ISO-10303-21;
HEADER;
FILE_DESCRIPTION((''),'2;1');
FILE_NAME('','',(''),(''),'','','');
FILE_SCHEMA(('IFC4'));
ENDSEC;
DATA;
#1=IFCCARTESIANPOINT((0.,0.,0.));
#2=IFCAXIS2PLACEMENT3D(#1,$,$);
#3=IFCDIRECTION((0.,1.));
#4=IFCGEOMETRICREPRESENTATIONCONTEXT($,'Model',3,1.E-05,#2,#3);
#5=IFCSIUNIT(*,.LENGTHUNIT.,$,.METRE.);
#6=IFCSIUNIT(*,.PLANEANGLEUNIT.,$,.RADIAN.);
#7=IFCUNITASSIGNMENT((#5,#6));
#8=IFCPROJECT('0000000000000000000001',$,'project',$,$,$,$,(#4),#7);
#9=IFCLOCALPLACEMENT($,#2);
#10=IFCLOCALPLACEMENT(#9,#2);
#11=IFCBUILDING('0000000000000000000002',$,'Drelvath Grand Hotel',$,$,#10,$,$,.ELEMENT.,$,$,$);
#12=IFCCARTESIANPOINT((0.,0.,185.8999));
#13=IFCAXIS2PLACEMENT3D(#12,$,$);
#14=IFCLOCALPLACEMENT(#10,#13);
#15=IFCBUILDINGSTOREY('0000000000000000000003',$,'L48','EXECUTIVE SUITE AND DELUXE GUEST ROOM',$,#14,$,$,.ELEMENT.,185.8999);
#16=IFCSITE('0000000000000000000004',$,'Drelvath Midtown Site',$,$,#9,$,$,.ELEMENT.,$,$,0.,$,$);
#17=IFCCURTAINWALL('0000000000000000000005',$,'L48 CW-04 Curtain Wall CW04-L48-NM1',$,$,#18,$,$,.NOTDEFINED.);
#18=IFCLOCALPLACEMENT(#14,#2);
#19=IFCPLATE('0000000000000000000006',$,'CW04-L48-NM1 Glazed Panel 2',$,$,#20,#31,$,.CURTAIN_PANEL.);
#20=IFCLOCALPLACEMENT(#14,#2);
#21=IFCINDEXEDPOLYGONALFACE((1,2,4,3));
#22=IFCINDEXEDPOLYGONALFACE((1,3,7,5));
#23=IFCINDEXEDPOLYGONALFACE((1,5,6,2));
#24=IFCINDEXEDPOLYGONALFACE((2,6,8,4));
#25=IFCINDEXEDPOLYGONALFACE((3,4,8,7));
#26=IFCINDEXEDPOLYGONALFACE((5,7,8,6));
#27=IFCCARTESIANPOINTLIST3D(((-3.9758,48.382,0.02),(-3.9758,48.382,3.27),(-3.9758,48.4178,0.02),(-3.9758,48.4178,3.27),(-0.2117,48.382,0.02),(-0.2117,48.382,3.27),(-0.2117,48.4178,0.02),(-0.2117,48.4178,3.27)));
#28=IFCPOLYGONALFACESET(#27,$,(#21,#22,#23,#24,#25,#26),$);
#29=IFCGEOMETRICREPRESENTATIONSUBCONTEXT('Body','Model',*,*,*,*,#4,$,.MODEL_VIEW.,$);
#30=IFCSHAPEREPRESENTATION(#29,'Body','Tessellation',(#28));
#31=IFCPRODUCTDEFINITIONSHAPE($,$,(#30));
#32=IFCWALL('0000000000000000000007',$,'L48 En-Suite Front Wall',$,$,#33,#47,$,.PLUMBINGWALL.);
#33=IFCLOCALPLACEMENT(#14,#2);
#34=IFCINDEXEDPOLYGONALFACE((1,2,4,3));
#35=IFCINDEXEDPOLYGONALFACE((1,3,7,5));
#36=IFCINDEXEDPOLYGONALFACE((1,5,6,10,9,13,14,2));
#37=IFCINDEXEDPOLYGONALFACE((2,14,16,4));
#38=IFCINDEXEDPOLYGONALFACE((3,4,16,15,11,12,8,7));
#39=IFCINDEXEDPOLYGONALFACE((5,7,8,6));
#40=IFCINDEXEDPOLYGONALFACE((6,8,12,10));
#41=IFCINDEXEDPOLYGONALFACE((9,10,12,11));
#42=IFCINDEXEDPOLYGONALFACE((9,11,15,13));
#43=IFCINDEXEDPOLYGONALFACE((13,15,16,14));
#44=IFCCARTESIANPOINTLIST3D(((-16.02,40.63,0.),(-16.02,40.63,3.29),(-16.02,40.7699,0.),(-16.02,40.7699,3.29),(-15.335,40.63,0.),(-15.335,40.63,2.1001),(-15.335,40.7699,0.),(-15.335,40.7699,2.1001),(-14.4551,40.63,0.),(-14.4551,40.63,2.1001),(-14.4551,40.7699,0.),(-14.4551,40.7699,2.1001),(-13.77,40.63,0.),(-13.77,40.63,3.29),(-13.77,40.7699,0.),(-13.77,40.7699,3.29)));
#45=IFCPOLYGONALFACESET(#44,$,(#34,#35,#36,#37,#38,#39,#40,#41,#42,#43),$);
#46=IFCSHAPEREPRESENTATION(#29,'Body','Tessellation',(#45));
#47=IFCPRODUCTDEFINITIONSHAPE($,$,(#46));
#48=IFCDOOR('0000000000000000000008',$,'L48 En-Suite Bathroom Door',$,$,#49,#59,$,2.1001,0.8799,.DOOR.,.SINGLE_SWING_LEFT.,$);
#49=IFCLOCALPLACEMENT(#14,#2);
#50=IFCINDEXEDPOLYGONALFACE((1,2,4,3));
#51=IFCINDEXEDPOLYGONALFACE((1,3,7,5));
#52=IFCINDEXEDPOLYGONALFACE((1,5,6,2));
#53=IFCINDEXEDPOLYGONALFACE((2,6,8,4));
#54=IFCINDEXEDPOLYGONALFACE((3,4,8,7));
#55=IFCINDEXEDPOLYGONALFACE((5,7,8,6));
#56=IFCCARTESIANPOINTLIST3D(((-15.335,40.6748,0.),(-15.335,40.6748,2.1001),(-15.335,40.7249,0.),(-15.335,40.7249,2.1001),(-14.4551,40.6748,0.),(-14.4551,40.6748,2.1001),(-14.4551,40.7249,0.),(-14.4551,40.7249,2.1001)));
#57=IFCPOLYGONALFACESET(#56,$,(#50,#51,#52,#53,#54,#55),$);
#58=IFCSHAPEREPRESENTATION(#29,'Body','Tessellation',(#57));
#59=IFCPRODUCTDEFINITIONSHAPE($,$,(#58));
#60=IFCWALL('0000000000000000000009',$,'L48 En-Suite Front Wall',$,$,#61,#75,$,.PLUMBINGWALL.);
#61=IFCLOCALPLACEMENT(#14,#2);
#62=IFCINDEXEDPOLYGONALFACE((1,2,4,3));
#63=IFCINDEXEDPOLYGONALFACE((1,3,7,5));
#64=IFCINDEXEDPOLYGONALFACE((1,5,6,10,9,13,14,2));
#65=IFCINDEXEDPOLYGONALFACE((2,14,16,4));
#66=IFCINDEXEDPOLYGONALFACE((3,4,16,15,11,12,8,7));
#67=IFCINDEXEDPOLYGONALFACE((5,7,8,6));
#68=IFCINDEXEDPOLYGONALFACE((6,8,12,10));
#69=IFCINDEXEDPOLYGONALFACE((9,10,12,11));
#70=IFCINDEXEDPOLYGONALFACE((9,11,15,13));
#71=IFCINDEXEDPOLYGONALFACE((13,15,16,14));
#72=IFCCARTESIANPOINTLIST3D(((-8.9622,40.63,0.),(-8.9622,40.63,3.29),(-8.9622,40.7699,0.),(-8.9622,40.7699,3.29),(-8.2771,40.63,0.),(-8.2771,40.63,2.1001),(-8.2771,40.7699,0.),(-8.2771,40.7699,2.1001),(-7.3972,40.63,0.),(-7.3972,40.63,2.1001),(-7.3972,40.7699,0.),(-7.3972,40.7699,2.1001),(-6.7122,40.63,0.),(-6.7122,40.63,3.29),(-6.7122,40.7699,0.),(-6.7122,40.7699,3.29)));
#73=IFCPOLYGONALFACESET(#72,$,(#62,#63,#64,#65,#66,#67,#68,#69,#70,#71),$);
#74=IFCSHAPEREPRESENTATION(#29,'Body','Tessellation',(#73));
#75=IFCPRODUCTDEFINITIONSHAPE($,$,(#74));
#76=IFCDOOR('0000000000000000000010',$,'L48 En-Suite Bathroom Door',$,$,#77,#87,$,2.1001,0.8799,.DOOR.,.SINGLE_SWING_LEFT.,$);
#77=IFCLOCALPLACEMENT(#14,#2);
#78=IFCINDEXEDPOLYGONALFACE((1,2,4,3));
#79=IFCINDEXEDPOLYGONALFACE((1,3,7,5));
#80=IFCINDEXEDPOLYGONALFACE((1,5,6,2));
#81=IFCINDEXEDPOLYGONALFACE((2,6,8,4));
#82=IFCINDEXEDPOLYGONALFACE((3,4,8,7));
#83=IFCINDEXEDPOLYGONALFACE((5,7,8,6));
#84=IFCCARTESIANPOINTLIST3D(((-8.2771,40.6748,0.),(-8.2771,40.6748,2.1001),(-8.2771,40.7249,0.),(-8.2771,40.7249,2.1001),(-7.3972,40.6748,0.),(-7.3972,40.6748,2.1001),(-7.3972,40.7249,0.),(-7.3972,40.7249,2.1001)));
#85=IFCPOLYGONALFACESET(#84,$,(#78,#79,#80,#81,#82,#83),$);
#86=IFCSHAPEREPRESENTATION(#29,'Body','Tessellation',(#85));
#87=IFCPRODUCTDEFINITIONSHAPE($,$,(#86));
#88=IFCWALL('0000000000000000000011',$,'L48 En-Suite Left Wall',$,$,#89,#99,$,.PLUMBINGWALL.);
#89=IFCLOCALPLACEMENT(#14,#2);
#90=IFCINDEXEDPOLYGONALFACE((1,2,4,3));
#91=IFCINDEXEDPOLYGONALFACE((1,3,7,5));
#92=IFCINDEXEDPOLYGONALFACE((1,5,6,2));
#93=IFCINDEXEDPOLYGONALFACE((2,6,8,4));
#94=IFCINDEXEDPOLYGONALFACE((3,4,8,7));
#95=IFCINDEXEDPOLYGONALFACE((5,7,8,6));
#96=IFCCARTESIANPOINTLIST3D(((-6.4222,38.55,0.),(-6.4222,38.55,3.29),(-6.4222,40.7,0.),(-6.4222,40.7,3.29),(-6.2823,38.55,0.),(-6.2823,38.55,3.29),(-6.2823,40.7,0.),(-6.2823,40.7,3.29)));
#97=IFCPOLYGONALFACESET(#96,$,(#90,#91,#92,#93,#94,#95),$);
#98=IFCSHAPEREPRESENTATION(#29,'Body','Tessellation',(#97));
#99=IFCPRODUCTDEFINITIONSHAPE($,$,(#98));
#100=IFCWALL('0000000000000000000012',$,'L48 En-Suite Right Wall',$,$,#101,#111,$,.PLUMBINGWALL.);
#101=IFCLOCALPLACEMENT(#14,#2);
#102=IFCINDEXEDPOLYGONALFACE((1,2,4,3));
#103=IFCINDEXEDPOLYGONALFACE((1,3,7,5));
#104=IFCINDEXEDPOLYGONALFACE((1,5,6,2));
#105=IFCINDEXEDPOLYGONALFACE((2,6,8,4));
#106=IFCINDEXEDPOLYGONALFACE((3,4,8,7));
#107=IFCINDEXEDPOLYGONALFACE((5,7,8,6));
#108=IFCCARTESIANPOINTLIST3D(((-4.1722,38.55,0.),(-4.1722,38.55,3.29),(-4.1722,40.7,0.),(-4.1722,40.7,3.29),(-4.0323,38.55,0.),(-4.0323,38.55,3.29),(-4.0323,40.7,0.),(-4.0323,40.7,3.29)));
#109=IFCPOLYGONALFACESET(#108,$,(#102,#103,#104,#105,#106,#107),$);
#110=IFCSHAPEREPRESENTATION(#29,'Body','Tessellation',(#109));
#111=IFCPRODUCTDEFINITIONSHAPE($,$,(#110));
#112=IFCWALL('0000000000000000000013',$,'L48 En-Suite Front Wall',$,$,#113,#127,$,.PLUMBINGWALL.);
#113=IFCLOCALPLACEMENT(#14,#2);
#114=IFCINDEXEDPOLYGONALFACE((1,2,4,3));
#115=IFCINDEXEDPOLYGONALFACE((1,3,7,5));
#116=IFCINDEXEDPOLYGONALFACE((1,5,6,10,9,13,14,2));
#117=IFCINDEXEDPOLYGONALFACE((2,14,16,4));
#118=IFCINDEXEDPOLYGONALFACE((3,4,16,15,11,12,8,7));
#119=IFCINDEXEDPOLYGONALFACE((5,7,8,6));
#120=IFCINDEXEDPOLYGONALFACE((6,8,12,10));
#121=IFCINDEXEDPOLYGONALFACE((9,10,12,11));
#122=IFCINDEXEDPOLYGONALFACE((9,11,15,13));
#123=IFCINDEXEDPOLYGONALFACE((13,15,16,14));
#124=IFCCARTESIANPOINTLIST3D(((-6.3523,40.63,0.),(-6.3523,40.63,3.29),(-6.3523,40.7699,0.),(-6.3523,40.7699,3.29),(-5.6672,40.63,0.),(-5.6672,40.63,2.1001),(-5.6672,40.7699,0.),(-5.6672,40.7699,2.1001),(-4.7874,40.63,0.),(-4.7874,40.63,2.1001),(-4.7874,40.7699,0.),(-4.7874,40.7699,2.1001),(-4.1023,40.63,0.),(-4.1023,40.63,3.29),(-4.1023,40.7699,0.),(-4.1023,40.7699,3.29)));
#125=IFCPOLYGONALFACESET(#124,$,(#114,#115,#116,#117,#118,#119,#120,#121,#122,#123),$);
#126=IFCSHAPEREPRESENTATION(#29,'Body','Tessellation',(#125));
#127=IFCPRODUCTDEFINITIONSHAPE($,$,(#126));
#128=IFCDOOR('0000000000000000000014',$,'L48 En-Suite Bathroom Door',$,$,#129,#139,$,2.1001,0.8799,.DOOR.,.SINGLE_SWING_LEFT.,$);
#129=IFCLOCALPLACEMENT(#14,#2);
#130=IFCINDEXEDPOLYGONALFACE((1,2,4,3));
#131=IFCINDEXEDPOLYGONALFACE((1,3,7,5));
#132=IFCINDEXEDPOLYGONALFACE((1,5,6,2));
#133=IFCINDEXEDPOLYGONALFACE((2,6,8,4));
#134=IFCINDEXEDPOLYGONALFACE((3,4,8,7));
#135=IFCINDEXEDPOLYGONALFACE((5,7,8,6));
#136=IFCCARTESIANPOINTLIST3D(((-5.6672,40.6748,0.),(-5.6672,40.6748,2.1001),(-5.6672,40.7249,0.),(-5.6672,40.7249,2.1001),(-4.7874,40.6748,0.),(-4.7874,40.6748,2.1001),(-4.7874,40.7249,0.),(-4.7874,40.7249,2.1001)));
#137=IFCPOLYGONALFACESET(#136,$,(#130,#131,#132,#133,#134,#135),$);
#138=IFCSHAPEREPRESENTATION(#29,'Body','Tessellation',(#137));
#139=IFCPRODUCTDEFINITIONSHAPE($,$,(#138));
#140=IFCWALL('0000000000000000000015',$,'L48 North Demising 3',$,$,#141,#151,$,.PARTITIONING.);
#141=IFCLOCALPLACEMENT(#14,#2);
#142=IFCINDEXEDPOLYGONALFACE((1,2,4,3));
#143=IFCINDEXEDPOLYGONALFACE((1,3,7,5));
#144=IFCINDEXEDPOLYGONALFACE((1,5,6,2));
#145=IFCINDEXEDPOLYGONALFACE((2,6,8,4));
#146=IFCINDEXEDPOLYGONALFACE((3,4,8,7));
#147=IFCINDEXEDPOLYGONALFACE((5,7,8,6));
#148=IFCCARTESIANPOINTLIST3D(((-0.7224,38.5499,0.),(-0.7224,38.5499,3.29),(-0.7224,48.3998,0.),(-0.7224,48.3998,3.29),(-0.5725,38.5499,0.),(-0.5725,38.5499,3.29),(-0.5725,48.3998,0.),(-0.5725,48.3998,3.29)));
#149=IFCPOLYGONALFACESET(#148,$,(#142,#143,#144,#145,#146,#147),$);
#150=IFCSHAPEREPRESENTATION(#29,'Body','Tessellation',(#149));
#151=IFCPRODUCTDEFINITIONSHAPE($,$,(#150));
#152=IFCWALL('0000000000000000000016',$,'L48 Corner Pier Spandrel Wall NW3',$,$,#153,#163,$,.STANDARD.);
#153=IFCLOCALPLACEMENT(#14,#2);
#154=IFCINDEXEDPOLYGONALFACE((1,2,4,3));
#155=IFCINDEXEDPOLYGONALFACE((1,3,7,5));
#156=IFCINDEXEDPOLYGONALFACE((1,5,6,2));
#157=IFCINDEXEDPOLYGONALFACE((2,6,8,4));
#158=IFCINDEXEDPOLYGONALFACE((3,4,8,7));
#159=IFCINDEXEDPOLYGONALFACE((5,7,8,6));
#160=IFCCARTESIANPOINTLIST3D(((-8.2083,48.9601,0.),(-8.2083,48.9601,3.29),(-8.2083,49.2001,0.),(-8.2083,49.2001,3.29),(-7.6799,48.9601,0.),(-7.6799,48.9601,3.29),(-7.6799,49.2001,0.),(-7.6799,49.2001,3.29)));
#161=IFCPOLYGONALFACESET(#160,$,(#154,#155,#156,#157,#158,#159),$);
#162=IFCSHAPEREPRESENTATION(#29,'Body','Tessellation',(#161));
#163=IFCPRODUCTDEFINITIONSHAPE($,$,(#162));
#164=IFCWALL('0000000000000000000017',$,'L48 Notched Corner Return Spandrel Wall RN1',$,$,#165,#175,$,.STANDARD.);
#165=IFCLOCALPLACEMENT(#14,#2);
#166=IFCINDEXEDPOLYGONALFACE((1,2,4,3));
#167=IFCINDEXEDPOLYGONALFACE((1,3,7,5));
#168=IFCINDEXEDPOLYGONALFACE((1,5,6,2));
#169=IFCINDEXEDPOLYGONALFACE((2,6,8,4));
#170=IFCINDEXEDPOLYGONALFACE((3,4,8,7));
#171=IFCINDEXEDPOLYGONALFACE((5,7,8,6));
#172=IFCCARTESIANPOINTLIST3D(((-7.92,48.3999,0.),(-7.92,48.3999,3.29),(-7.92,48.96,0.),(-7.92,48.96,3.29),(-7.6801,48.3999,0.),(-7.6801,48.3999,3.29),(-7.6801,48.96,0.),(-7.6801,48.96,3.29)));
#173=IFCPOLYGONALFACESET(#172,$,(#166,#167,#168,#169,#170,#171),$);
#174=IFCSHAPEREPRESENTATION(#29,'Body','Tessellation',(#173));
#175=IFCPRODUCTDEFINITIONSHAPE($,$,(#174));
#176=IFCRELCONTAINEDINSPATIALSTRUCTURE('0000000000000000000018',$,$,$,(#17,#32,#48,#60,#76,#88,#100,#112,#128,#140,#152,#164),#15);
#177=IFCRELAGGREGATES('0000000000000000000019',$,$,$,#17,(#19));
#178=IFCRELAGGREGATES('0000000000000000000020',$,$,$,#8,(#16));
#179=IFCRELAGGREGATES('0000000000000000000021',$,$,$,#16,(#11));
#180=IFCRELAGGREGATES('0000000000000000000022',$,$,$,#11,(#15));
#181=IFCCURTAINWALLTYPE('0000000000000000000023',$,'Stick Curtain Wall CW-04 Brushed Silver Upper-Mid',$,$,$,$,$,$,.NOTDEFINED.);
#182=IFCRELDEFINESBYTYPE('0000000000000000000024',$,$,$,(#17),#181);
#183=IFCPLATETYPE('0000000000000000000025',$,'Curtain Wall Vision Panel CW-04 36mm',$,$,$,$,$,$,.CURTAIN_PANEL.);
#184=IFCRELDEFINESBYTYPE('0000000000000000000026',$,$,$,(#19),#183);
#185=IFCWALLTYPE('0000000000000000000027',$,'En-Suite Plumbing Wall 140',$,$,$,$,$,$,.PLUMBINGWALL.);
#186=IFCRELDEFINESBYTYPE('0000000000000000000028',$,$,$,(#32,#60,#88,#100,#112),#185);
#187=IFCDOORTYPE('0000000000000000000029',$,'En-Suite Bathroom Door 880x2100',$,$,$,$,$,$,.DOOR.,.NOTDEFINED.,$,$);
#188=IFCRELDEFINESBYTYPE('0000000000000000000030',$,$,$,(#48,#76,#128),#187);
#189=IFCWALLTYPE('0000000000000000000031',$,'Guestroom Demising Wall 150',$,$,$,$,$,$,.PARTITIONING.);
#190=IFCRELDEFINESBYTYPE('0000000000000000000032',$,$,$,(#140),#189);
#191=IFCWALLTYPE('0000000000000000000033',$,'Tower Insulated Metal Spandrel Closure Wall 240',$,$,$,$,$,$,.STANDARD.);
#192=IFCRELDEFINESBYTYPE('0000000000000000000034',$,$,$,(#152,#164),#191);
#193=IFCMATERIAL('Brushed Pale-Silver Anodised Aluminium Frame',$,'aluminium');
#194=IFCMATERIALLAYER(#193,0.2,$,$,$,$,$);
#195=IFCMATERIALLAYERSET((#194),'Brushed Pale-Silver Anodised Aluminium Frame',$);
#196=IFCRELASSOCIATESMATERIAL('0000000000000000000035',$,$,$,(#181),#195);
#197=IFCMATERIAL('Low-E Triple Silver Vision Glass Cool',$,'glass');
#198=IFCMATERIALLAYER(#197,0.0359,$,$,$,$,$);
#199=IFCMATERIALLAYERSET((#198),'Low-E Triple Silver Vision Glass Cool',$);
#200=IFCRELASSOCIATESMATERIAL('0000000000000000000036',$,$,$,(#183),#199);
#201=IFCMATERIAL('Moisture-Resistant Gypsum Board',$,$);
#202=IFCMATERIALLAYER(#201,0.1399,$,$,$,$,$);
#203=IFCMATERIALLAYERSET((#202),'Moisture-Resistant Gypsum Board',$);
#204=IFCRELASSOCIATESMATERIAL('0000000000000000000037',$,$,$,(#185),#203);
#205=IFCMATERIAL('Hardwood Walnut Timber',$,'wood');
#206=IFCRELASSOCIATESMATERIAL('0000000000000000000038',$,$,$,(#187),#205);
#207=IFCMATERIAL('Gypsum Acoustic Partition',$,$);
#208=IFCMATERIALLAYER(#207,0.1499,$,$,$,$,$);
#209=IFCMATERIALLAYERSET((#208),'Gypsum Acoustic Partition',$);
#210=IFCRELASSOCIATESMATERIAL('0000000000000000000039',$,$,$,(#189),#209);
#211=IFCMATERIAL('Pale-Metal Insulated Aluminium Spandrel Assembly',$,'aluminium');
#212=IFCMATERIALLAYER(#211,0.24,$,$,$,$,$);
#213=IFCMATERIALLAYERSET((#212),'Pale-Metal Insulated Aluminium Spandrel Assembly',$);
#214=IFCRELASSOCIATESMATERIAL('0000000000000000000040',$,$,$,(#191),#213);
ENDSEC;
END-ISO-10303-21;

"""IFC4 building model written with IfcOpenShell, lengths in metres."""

from ifc_helpers import new_model, si_unit, direction, frame, frame_2d, origin, origin_2d, place, context, subcontext, project, spatial, rectangle, extrude, material, layer, layer_set, type_object, element, fill, aggregate, save


model = new_model("IFC4")

# Units and contexts
model_context = context("Model", 3, precision=1e-05, world=origin(), true_north=direction((0.0, 1.0)))
body_context = subcontext(model_context, "Body", "Model", "MODEL_VIEW")
ifc_project = project(units=[si_unit("LENGTHUNIT", "METRE"), si_unit("PLANEANGLEUNIT", "RADIAN")], contexts=[model_context])

# Site, building, storey
site_placement = place(None, origin())
site = spatial("IfcSite", under=ifc_project, at=site_placement, Name="Drelvath Midtown Site", CompositionType="ELEMENT", RefElevation=0.0)
building_placement = place(site_placement, origin())
building = spatial("IfcBuilding", under=site, at=building_placement, Name="Drelvath Grand Hotel", CompositionType="ELEMENT")
storey_placement = place(building_placement, frame((0.0, 0.0, 185.8999)))
storey = spatial("IfcBuildingStorey", under=building, at=storey_placement, Name="L48", Description="EXECUTIVE SUITE AND DELUXE GUEST ROOM", CompositionType="ELEMENT", Elevation=185.8999)

# Curtain wall
ifc_material_1 = material(Name="Brushed Pale-Silver Anodised Aluminium Frame", Category="aluminium")
ifc_layer_1 = layer(ifc_material_1, 0.2)
ifc_layer_set_1 = layer_set([ifc_layer_1], Name="Brushed Pale-Silver Anodised Aluminium Frame")
curtain_wall_type = type_object("IfcCurtainWallType", Name="Stick Curtain Wall CW-04 Brushed Silver Upper-Mid", PredefinedType="NOTDEFINED", material=ifc_layer_set_1)
curtain_wall_1_placement = place(storey_placement, origin())
curtain_wall_1 = element("IfcCurtainWall", 1, at=curtain_wall_1_placement, inside=storey, type_object=curtain_wall_type, Name="L48 CW-04 Curtain Wall CW04-L48-NM1", PredefinedType="NOTDEFINED")

# Plate
ifc_material_2 = material(Name="Low-E Triple Silver Vision Glass Cool", Category="glass")
ifc_layer_2 = layer(ifc_material_2, 0.0359)
ifc_layer_set_2 = layer_set([ifc_layer_2], Name="Low-E Triple Silver Vision Glass Cool")
plate_type = type_object("IfcPlateType", Name="Curtain Wall Vision Panel CW-04 36mm", PredefinedType="CURTAIN_PANEL", material=ifc_layer_set_2)
plate_1_placement = place(storey_placement, frame((-2.0938, 48.3999, 0.02), z_axis=(0.0, 0.0, 1.0), x_axis=(1.0, 0.0, 0.0)))
plate_1 = element("IfcPlate", 2, at=plate_1_placement, type_object=plate_type, Name="CW04-L48-NM1 Glazed Panel 2", PredefinedType="CURTAIN_PANEL", context=body_context, shape_type="SweptSolid", body=[
    extrude(rectangle(XDim=3.7642, YDim=0.0359, at=origin_2d()), origin(), (0.0, 0.0, 1.0), 3.25),
])
aggregate(curtain_wall_1, [plate_1])

# Walls, openings, doors
ifc_material_3 = material(Name="Moisture-Resistant Gypsum Board")
ifc_layer_3 = layer(ifc_material_3, 0.1399)
ifc_layer_set_3 = layer_set([ifc_layer_3], Name="Moisture-Resistant Gypsum Board")
wall_type_1 = type_object("IfcWallType", Name="En-Suite Plumbing Wall 140", PredefinedType="PLUMBINGWALL", material=ifc_layer_set_3)
wall_1_placement = place(storey_placement, frame((-16.02, 40.7, 0.0), z_axis=(0.0, 0.0, 1.0), x_axis=(1.0, 0.0, 0.0)))
wall_1 = element("IfcWall", 3, at=wall_1_placement, inside=storey, type_object=wall_type_1, Name="L48 En-Suite Front Wall", PredefinedType="PLUMBINGWALL", context=body_context, shape_type="SweptSolid", body=[
    extrude(rectangle(XDim=2.25, YDim=0.1399, at=frame_2d((1.125, 0.0))), origin(), (0.0, 0.0, 1.0), 3.29),
])
opening_1_placement = place(wall_1_placement, frame((0.6851, 0.0, 0.0)))
opening_1 = element("IfcOpeningElement", 4, at=opening_1_placement, cuts=wall_1, PredefinedType="OPENING", context=body_context, shape_type="SweptSolid", body=[
    extrude(rectangle(XDim=0.8799, YDim=2.1001, at=frame_2d((0.4399, 1.05))), frame((0.0, 0.0798, 0.0), z_axis=(0.0, -1.0, 0.0), x_axis=(1.0, 0.0, 0.0)), (0.0, 0.0, 1.0), 0.1599),
])
ifc_material_4 = material(Name="Hardwood Walnut Timber", Category="wood")
door_type = type_object("IfcDoorType", Name="En-Suite Bathroom Door 880x2100", OperationType="NOTDEFINED", PredefinedType="DOOR", material=ifc_material_4)
door_1_placement = place(opening_1_placement, origin())
door_1 = element("IfcDoor", 5, at=door_1_placement, inside=storey, type_object=door_type, Name="L48 En-Suite Bathroom Door", OperationType="SINGLE_SWING_LEFT", OverallHeight=2.1001, OverallWidth=0.8799, PredefinedType="DOOR", context=body_context, shape_type="SweptSolid", body=[
    extrude(rectangle(XDim=0.8799, YDim=2.1001, at=frame_2d((0.4399, 1.05))), frame((0.0, 0.0249, 0.0), z_axis=(0.0, -1.0, 0.0), x_axis=(1.0, 0.0, 0.0)), (0.0, 0.0, 1.0), 0.05),
])
fill(opening_1, door_1)
wall_2_placement = place(storey_placement, frame((-8.9622, 40.7, 0.0), z_axis=(0.0, 0.0, 1.0), x_axis=(1.0, 0.0, 0.0)))
wall_2 = element("IfcWall", 6, at=wall_2_placement, inside=storey, type_object=wall_type_1, Name="L48 En-Suite Front Wall", PredefinedType="PLUMBINGWALL", context=body_context, shape_type="SweptSolid", body=[
    extrude(rectangle(XDim=2.25, YDim=0.1399, at=frame_2d((1.125, 0.0))), origin(), (0.0, 0.0, 1.0), 3.29),
])
opening_2_placement = place(wall_2_placement, frame((0.6851, 0.0, 0.0)))
opening_2 = element("IfcOpeningElement", 7, at=opening_2_placement, cuts=wall_2, PredefinedType="OPENING", context=body_context, shape_type="SweptSolid", body=[
    extrude(rectangle(XDim=0.8799, YDim=2.1001, at=frame_2d((0.4399, 1.05))), frame((0.0, 0.0798, 0.0), z_axis=(0.0, -1.0, 0.0), x_axis=(1.0, 0.0, 0.0)), (0.0, 0.0, 1.0), 0.1599),
])
door_2_placement = place(opening_2_placement, origin())
door_2 = element("IfcDoor", 8, at=door_2_placement, inside=storey, type_object=door_type, Name="L48 En-Suite Bathroom Door", OperationType="SINGLE_SWING_LEFT", OverallHeight=2.1001, OverallWidth=0.8799, PredefinedType="DOOR", context=body_context, shape_type="SweptSolid", body=[
    extrude(rectangle(XDim=0.8799, YDim=2.1001, at=frame_2d((0.4399, 1.05))), frame((0.0, 0.0249, 0.0), z_axis=(0.0, -1.0, 0.0), x_axis=(1.0, 0.0, 0.0)), (0.0, 0.0, 1.0), 0.05),
])
fill(opening_2, door_2)

# Walls
for number, where, z_axis, x_axis, name in (
    (9, (-6.3523, 38.55, 0.0), (0.0, 0.0, 1.0), (0.0, 1.0, 0.0), "L48 En-Suite Left Wall"),
    (10, (-4.1023, 38.55, 0.0), (0.0, 0.0, 1.0), (0.0, 1.0, 0.0), "L48 En-Suite Right Wall"),
):
    element("IfcWall", number, at=place(storey_placement, frame(where, z_axis=z_axis, x_axis=x_axis)), inside=storey, type_object=wall_type_1, Name=name, PredefinedType="PLUMBINGWALL", context=body_context, shape_type="SweptSolid", body=[
        extrude(rectangle(XDim=2.1499, YDim=0.1399, at=frame_2d((1.075, 0.0))), origin(), (0.0, 0.0, 1.0), 3.29),
    ])

# Wall, opening, door
wall_3_placement = place(storey_placement, frame((-6.3523, 40.7, 0.0), z_axis=(0.0, 0.0, 1.0), x_axis=(1.0, 0.0, 0.0)))
wall_3 = element("IfcWall", 11, at=wall_3_placement, inside=storey, type_object=wall_type_1, Name="L48 En-Suite Front Wall", PredefinedType="PLUMBINGWALL", context=body_context, shape_type="SweptSolid", body=[
    extrude(rectangle(XDim=2.25, YDim=0.1399, at=frame_2d((1.125, 0.0))), origin(), (0.0, 0.0, 1.0), 3.29),
])
opening_3_placement = place(wall_3_placement, frame((0.6851, 0.0, 0.0)))
opening_3 = element("IfcOpeningElement", 12, at=opening_3_placement, cuts=wall_3, PredefinedType="OPENING", context=body_context, shape_type="SweptSolid", body=[
    extrude(rectangle(XDim=0.8799, YDim=2.1001, at=frame_2d((0.4399, 1.05))), frame((0.0, 0.0798, 0.0), z_axis=(0.0, -1.0, 0.0), x_axis=(1.0, 0.0, 0.0)), (0.0, 0.0, 1.0), 0.1599),
])
door_3_placement = place(opening_3_placement, origin())
door_3 = element("IfcDoor", 13, at=door_3_placement, inside=storey, type_object=door_type, Name="L48 En-Suite Bathroom Door", OperationType="SINGLE_SWING_LEFT", OverallHeight=2.1001, OverallWidth=0.8799, PredefinedType="DOOR", context=body_context, shape_type="SweptSolid", body=[
    extrude(rectangle(XDim=0.8799, YDim=2.1001, at=frame_2d((0.4399, 1.05))), frame((0.0, 0.0249, 0.0), z_axis=(0.0, -1.0, 0.0), x_axis=(1.0, 0.0, 0.0)), (0.0, 0.0, 1.0), 0.05),
])
fill(opening_3, door_3)

# Walls
ifc_material_5 = material(Name="Gypsum Acoustic Partition")
ifc_layer_4 = layer(ifc_material_5, 0.1499)
ifc_layer_set_4 = layer_set([ifc_layer_4], Name="Gypsum Acoustic Partition")
wall_type_2 = type_object("IfcWallType", Name="Guestroom Demising Wall 150", PredefinedType="PARTITIONING", material=ifc_layer_set_4)
wall_4_placement = place(storey_placement, frame((-0.6475, 38.55, 0.0), z_axis=(0.0, 0.0, 1.0), x_axis=(0.0, 1.0, 0.0)))
element("IfcWall", 14, at=wall_4_placement, inside=storey, type_object=wall_type_2, Name="L48 North Demising 3", PredefinedType="PARTITIONING", context=body_context, shape_type="SweptSolid", body=[
    extrude(rectangle(XDim=9.8499, YDim=0.1499, at=frame_2d((4.9248, 0.0))), origin(), (0.0, 0.0, 1.0), 3.29),
])
ifc_material_6 = material(Name="Pale-Metal Insulated Aluminium Spandrel Assembly", Category="aluminium")
ifc_layer_5 = layer(ifc_material_6, 0.24)
ifc_layer_set_5 = layer_set([ifc_layer_5], Name="Pale-Metal Insulated Aluminium Spandrel Assembly")
wall_type_3 = type_object("IfcWallType", Name="Tower Insulated Metal Spandrel Closure Wall 240", PredefinedType="STANDARD", material=ifc_layer_set_5)
wall_5_placement = place(storey_placement, frame((-8.2083, 49.0801, 0.0), z_axis=(0.0, 0.0, 1.0), x_axis=(1.0, 0.0, 0.0)))
element("IfcWall", 15, at=wall_5_placement, inside=storey, type_object=wall_type_3, Name="L48 Corner Pier Spandrel Wall NW3", PredefinedType="STANDARD", context=body_context, shape_type="SweptSolid", body=[
    extrude(rectangle(XDim=0.5283, YDim=0.24, at=frame_2d((0.2642, 0.0))), origin(), (0.0, 0.0, 1.0), 3.29),
])
wall_6_placement = place(storey_placement, frame((-7.8, 48.96, 0.0), z_axis=(0.0, 0.0, 1.0), x_axis=(0.0, -1.0, 0.0)))
element("IfcWall", 16, at=wall_6_placement, inside=storey, type_object=wall_type_3, Name="L48 Notched Corner Return Spandrel Wall RN1", PredefinedType="STANDARD", context=body_context, shape_type="SweptSolid", body=[
    extrude(rectangle(XDim=0.5601, YDim=0.24, at=frame_2d((0.28, 0.0))), origin(), (0.0, 0.0, 1.0), 3.29),
])

save(model, "model.ifc")
